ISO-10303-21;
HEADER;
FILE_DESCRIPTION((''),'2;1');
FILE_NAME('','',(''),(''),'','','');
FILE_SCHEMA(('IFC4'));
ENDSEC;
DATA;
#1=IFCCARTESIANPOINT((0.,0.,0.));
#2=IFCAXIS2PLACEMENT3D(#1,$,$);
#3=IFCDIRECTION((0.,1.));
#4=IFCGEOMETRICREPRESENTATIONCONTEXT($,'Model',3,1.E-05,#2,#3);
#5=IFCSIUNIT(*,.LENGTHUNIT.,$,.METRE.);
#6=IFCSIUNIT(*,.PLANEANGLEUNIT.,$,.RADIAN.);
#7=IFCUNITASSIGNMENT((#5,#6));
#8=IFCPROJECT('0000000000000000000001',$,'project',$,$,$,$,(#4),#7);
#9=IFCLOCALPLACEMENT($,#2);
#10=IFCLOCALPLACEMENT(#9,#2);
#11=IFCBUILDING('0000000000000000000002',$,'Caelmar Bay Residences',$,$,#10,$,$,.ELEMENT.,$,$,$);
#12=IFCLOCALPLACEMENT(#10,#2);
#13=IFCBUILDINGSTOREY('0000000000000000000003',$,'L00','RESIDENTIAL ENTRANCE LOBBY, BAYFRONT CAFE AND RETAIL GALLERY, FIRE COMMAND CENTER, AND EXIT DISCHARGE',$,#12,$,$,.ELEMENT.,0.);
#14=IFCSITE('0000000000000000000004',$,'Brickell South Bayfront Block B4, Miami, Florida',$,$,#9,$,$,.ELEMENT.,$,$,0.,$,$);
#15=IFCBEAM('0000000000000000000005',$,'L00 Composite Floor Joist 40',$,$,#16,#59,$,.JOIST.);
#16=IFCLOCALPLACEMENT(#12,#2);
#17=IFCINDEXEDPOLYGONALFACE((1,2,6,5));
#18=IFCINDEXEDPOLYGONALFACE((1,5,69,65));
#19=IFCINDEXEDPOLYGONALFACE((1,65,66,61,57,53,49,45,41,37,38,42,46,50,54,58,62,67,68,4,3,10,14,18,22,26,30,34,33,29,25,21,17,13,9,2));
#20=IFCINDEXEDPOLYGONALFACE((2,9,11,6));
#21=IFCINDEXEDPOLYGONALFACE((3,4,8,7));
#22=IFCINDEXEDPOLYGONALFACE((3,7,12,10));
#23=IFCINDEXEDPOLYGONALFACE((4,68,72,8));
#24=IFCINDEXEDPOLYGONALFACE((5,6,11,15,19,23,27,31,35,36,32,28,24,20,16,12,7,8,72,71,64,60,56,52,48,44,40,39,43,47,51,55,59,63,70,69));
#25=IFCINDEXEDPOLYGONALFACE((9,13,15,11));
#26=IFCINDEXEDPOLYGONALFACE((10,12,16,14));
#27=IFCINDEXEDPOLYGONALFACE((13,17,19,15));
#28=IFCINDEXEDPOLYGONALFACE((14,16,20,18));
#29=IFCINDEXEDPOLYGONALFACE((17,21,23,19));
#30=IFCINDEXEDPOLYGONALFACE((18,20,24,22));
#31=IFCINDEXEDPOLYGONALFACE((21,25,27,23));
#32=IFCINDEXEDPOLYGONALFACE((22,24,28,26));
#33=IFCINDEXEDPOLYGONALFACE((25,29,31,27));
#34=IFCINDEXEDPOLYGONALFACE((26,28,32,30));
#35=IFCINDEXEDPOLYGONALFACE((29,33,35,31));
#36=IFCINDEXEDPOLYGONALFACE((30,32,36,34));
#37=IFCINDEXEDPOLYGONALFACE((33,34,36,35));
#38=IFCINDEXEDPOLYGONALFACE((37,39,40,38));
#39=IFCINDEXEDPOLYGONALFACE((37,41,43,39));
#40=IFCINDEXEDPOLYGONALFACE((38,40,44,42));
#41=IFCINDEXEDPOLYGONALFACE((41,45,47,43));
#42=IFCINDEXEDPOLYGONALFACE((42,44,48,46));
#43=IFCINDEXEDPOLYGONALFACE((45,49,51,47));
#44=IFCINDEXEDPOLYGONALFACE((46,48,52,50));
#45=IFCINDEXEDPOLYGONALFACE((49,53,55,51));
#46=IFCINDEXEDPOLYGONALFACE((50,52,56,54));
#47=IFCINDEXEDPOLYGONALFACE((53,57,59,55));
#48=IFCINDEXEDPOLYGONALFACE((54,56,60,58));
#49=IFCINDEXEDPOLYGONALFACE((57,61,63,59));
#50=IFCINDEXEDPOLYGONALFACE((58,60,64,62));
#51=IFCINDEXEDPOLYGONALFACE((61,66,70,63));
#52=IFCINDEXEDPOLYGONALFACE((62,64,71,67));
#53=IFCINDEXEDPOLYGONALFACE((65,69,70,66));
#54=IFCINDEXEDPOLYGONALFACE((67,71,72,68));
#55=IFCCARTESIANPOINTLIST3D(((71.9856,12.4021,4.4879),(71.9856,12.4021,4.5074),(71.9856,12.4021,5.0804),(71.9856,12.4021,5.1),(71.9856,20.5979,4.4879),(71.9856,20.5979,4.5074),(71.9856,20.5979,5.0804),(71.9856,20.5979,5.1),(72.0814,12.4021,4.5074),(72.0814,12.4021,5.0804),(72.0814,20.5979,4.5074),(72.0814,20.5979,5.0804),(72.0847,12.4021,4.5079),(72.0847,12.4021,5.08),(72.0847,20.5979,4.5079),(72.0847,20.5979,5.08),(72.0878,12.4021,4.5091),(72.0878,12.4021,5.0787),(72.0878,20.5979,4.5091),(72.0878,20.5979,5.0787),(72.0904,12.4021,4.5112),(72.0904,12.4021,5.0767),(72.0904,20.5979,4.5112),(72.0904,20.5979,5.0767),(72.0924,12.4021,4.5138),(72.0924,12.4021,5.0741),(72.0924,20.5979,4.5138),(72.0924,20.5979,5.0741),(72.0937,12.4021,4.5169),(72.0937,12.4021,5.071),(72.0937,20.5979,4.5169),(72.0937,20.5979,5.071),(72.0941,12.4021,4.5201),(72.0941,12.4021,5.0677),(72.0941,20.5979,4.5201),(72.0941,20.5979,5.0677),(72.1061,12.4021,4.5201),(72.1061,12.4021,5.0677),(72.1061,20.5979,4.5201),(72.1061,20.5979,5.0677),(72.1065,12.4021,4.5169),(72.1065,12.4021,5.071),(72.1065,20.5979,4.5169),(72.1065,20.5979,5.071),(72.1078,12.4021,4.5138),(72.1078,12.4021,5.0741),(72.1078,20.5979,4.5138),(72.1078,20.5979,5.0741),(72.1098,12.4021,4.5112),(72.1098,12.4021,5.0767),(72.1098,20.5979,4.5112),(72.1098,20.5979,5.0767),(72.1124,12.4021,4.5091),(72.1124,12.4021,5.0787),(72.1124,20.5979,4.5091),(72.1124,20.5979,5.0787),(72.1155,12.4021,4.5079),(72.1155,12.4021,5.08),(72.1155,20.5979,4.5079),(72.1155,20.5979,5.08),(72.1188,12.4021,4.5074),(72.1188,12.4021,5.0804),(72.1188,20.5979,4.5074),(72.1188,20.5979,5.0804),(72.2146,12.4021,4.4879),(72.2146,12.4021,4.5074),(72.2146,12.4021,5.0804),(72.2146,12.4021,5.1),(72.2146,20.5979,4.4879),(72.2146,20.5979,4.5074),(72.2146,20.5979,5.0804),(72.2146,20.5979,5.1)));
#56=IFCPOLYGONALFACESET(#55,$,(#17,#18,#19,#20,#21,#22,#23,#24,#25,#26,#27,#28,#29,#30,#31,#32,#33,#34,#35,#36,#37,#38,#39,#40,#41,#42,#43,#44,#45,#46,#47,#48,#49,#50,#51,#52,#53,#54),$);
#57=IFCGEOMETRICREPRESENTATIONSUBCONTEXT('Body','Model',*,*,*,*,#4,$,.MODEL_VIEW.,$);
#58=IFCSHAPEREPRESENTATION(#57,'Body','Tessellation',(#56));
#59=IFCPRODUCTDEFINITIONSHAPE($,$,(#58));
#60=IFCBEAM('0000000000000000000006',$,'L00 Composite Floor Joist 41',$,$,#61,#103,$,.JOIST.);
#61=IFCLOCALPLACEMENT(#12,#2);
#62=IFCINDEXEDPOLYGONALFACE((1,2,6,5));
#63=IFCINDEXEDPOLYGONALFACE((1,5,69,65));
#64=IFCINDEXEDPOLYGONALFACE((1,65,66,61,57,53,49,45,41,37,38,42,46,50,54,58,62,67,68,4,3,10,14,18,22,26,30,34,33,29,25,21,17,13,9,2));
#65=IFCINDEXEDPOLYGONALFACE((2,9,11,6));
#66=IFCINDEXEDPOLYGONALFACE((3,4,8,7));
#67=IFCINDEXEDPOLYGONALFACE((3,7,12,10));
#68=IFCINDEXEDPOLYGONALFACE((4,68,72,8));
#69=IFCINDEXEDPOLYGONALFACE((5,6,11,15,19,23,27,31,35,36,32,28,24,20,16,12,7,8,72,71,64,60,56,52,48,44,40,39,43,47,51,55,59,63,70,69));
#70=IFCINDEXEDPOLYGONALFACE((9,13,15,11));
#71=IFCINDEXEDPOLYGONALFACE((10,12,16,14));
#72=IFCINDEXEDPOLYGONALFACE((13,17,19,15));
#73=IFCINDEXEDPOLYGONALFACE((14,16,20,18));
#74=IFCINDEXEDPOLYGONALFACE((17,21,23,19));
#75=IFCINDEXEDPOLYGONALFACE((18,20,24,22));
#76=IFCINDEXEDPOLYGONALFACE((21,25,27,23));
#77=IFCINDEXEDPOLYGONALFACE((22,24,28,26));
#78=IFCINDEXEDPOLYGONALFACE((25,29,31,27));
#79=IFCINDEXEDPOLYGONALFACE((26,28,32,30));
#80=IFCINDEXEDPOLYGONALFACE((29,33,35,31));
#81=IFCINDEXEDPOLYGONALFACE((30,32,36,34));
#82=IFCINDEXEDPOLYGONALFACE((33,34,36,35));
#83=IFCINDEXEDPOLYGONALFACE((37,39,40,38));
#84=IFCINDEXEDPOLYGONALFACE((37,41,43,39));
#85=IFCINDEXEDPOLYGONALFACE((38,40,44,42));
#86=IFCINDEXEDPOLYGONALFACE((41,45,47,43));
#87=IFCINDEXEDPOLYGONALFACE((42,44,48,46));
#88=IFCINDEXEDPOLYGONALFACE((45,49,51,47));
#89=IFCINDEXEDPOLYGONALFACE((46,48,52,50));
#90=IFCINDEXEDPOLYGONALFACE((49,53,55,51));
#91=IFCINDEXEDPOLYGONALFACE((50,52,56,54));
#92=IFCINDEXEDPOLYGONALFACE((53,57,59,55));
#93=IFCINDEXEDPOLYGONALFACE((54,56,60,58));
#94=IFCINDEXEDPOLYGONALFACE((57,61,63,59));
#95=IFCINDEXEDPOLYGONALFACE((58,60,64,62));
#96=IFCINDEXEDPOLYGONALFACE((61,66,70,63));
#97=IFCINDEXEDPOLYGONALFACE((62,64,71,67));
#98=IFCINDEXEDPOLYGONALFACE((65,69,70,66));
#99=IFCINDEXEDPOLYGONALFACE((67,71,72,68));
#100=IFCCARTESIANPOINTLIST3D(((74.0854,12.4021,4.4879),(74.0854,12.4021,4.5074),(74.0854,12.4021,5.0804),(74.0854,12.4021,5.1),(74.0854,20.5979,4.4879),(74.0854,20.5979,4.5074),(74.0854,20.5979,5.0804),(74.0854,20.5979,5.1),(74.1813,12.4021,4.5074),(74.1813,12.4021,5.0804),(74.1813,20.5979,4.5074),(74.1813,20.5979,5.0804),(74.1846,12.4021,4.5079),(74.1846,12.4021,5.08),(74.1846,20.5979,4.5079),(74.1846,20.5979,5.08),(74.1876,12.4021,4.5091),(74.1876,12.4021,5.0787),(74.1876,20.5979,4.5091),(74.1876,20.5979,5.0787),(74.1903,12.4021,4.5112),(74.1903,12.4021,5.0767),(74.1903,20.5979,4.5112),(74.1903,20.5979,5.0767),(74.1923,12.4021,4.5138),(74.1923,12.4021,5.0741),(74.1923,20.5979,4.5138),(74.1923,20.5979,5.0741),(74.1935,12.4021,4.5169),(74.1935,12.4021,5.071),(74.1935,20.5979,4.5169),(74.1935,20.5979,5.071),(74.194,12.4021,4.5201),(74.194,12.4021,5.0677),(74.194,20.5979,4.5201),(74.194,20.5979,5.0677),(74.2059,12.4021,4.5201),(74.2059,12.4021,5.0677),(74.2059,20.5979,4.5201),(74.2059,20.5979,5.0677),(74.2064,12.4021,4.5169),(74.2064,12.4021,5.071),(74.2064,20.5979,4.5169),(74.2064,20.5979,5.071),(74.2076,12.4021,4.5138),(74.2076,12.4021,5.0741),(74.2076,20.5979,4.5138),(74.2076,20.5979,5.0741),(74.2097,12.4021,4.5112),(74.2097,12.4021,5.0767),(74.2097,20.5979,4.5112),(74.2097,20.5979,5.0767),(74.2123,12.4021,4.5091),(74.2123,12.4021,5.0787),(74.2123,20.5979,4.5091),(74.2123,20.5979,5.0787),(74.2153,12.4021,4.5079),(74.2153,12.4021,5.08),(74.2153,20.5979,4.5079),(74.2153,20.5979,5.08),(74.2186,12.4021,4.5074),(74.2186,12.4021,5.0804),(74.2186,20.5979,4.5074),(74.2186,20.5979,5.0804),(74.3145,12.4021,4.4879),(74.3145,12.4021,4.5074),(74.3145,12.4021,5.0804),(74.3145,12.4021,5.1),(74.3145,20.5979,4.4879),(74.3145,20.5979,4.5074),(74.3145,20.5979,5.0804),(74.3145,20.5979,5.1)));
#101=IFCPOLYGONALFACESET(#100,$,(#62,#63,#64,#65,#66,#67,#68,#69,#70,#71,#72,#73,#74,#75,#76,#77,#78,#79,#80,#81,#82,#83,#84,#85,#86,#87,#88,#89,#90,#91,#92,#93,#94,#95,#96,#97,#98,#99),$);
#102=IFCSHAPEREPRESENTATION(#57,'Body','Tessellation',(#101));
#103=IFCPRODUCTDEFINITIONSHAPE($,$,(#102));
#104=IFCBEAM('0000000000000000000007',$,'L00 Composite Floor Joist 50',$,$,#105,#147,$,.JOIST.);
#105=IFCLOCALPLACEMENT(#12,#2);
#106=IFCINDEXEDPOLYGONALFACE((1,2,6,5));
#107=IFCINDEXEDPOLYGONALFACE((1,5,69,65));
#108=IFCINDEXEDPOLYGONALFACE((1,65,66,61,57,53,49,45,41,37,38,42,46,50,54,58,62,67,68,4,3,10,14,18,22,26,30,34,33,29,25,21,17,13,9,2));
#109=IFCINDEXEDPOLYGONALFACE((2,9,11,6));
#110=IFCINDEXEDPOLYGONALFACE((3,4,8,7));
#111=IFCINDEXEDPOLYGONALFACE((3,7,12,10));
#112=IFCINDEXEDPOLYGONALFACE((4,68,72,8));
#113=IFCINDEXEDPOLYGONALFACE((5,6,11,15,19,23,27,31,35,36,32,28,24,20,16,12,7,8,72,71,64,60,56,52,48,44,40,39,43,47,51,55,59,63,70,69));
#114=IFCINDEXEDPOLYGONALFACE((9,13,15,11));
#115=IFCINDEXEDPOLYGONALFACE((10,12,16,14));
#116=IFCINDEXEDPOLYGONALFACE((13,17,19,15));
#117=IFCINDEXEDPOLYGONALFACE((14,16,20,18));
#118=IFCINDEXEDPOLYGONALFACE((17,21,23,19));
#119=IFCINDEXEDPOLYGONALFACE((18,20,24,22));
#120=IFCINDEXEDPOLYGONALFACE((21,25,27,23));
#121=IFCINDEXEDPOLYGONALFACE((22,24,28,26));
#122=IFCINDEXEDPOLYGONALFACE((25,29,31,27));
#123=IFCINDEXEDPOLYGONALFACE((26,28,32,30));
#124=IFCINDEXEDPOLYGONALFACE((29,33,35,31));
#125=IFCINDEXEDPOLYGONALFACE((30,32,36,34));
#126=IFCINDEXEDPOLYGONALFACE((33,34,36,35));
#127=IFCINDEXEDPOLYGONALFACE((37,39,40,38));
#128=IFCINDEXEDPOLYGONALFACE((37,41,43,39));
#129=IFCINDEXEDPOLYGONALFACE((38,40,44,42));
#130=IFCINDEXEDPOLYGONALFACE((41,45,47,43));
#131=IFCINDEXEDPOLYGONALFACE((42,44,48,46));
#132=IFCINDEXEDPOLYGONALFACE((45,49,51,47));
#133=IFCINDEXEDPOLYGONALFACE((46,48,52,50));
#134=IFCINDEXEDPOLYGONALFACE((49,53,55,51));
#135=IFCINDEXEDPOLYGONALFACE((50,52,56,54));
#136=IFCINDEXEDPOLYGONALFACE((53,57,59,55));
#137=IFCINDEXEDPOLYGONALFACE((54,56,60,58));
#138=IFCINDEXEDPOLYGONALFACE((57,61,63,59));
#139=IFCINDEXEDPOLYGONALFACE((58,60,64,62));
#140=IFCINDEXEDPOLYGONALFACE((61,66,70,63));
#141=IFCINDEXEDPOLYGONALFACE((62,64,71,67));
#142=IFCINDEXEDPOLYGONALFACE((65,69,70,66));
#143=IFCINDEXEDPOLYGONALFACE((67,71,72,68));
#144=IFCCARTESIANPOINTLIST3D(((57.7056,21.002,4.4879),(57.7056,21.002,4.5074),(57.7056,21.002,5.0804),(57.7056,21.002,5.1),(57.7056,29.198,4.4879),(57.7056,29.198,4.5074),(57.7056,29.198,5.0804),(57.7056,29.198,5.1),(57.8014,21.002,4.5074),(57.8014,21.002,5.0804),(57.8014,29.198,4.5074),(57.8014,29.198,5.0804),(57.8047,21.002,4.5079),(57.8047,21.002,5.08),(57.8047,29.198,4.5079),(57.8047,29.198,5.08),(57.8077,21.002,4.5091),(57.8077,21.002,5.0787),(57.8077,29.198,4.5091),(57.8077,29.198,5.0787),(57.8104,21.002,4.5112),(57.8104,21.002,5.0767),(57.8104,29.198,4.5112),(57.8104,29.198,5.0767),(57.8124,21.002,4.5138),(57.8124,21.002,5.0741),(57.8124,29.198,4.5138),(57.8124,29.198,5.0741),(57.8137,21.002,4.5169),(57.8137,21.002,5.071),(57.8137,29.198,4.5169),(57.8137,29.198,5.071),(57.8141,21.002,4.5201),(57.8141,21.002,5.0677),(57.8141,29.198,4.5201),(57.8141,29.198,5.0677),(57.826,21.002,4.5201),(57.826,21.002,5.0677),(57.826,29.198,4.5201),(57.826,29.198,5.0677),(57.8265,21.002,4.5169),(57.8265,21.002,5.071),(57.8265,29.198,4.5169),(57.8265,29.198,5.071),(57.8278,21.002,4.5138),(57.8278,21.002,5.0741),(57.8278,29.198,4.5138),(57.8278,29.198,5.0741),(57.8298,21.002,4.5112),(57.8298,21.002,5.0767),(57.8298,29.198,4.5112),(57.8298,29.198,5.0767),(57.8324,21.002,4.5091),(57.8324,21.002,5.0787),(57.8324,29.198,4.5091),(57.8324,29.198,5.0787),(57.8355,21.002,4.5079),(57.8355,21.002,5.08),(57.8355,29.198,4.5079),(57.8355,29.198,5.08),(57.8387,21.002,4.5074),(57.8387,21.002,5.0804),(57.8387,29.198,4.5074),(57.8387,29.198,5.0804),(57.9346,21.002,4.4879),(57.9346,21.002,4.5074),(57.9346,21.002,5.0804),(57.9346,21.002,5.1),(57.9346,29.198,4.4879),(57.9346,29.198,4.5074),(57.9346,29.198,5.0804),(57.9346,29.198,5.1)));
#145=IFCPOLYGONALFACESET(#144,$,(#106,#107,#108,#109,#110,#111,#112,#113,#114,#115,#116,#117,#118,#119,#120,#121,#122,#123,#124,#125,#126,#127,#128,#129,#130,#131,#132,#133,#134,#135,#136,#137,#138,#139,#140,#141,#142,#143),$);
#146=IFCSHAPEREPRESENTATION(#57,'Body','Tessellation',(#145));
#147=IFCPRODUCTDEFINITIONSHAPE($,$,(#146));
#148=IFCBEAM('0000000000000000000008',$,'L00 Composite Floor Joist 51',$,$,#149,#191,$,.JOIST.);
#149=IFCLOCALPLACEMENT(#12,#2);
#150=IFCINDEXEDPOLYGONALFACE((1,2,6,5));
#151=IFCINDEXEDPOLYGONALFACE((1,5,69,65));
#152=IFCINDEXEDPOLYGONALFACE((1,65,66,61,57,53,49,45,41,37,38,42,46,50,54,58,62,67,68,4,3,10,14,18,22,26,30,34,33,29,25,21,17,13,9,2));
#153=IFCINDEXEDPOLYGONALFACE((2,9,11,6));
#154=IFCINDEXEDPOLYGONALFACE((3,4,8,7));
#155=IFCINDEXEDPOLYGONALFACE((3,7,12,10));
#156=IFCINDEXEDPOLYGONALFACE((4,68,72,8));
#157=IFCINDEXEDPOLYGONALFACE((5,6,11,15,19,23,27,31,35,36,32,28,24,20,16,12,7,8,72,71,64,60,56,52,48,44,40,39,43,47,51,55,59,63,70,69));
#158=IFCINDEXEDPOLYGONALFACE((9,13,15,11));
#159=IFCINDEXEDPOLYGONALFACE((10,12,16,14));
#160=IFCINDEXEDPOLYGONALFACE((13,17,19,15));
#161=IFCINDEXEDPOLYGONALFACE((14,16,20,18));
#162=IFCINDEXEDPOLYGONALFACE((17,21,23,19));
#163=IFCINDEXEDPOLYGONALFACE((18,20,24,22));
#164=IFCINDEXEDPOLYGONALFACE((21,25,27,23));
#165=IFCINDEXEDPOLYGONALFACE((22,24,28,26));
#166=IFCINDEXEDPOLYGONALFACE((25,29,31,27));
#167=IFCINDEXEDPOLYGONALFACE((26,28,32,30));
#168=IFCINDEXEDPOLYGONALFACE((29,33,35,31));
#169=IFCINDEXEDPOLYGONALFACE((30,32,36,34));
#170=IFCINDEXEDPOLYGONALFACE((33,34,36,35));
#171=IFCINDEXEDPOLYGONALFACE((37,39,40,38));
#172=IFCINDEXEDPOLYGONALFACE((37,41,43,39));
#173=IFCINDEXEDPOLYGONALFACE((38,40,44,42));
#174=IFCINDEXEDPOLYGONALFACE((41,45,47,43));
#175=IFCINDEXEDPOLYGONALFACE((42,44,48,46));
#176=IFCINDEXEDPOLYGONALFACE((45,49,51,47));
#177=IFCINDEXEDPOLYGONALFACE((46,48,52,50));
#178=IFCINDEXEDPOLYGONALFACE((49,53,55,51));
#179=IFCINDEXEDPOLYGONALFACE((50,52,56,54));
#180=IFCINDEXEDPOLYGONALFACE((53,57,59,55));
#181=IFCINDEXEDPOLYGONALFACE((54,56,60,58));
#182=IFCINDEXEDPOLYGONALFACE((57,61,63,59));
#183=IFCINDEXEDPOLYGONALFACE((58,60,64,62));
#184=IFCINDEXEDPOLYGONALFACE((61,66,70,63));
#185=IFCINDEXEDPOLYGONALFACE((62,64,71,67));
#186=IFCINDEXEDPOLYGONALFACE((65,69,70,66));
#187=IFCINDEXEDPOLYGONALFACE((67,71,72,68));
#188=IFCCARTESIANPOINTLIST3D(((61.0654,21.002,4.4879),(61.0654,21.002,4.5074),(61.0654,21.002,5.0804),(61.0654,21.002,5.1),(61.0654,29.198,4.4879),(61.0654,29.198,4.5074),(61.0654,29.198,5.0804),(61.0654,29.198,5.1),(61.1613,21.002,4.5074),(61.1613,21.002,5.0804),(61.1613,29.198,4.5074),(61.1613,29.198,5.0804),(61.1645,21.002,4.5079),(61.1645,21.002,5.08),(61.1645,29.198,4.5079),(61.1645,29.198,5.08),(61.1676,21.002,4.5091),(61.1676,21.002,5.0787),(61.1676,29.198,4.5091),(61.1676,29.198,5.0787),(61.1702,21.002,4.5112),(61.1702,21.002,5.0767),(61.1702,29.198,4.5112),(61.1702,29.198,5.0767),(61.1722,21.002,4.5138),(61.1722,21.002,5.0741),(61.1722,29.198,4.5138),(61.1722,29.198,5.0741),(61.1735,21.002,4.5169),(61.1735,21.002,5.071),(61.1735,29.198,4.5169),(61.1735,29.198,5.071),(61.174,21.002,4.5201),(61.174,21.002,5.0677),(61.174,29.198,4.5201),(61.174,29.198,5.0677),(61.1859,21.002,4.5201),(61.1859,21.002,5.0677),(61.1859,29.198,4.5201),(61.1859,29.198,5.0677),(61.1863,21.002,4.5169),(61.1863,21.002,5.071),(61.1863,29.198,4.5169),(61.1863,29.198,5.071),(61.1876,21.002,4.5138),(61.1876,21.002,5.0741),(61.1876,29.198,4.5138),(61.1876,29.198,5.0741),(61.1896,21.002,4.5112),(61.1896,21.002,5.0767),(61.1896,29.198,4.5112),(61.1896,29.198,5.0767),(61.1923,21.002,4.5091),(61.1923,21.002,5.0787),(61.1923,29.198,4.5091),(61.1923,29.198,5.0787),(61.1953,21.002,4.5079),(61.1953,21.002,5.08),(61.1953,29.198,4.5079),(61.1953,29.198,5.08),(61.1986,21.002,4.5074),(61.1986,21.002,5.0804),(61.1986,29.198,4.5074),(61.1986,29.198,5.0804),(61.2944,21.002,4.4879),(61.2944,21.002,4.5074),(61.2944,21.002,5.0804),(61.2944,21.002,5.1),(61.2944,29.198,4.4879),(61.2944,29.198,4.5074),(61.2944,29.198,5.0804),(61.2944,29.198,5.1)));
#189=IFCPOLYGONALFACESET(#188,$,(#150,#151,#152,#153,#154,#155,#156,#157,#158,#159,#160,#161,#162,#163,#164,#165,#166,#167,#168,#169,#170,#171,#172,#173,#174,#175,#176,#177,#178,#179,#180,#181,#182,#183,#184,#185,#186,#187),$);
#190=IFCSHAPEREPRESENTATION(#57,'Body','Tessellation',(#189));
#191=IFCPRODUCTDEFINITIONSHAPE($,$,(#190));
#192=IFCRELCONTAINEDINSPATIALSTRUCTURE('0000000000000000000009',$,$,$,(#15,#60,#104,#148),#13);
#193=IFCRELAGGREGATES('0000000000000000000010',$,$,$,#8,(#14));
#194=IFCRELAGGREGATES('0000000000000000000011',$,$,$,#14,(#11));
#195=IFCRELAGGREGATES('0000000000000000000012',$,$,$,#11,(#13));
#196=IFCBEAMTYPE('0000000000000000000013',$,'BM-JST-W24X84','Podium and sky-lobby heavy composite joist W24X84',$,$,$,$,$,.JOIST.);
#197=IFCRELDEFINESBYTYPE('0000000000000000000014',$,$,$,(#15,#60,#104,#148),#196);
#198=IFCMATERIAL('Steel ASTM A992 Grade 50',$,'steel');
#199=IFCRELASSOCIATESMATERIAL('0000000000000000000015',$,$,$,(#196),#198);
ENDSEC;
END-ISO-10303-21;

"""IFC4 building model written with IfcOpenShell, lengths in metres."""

from ifc_helpers import new_model, si_unit, direction, frame, origin, origin_2d, place, context, subcontext, project, spatial, i_section, extrude, material, material_profile, profile_set, type_object, element, save


model = new_model("IFC4")

# Units and contexts
model_context = context("Model", 3, precision=1e-05, world=origin(), true_north=direction((0.0, 1.0)))
body_context = subcontext(model_context, "Body", "Model", "MODEL_VIEW")
ifc_project = project(units=[si_unit("LENGTHUNIT", "METRE"), si_unit("PLANEANGLEUNIT", "RADIAN")], contexts=[model_context])

# Site, building, storey
site_placement = place(None, origin())
site = spatial("IfcSite", under=ifc_project, at=site_placement, Name="Brickell South Bayfront Block B4, Miami, Florida", CompositionType="ELEMENT", RefElevation=0.0)
building_placement = place(site_placement, origin())
building = spatial("IfcBuilding", under=site, at=building_placement, Name="Caelmar Bay Residences", CompositionType="ELEMENT")
storey_placement = place(building_placement, origin())
storey = spatial("IfcBuildingStorey", under=building, at=storey_placement, Name="L00", Description="RESIDENTIAL ENTRANCE LOBBY, BAYFRONT CAFE AND RETAIL GALLERY, FIRE COMMAND CENTER, AND EXIT DISCHARGE", CompositionType="ELEMENT", Elevation=0.0)

# Beams
ifc_material_1 = material(Name="Steel ASTM A992 Grade 50", Category="steel")
ifc_material_profile_1 = material_profile(ifc_material_1, i_section(OverallWidth=0.229, OverallDepth=0.6121, WebThickness=0.012, FlangeThickness=0.0195, FilletRadius=0.0127, at=origin_2d()), Name="W24X84")
ifc_profile_set_1 = profile_set([ifc_material_profile_1], Name="Steel ASTM A992 Grade 50")
beam_type_1 = type_object("IfcBeamType", Name="BM-JST-W24X84", Description="Podium and sky-lobby heavy composite joist W24X84", PredefinedType="JOIST", material=ifc_profile_set_1)
for number, where, z_axis, x_axis, name in (
    (1, (72.1001, 12.4021, 4.7939), (0.0, 1.0, 0.0), (-1.0, 0.0, 0.0), "L00 Composite Floor Joist 40"),
    (2, (74.2, 12.4021, 4.7939), (0.0, 1.0, 0.0), (-1.0, 0.0, 0.0), "L00 Composite Floor Joist 41"),
):
    element("IfcBeam", number, at=place(storey_placement, frame(where, z_axis=z_axis, x_axis=x_axis)), inside=storey, type_object=beam_type_1, Name=name, PredefinedType="JOIST", context=body_context, shape_type="SweptSolid", body=[
        extrude(i_section(OverallWidth=0.229, OverallDepth=0.6121, WebThickness=0.012, FlangeThickness=0.0195, FilletRadius=0.0127, at=origin_2d()), origin(), (0.0, 0.0, 1.0), 8.1958),
    ])
for number, where, z_axis, x_axis, name in (
    (3, (57.8201, 21.002, 4.7939), (0.0, 1.0, 0.0), (-1.0, 0.0, 0.0), "L00 Composite Floor Joist 50"),
    (4, (61.1799, 21.002, 4.7939), (0.0, 1.0, 0.0), (-1.0, 0.0, 0.0), "L00 Composite Floor Joist 51"),
):
    element("IfcBeam", number, at=place(storey_placement, frame(where, z_axis=z_axis, x_axis=x_axis)), inside=storey, type_object=beam_type_1, Name=name, PredefinedType="JOIST", context=body_context, shape_type="SweptSolid", body=[
        extrude(i_section(OverallWidth=0.229, OverallDepth=0.6121, WebThickness=0.012, FlangeThickness=0.0195, FilletRadius=0.0127, at=origin_2d()), origin(), (0.0, 0.0, 1.0), 8.196),
    ])

save(model, "model.ifc")
